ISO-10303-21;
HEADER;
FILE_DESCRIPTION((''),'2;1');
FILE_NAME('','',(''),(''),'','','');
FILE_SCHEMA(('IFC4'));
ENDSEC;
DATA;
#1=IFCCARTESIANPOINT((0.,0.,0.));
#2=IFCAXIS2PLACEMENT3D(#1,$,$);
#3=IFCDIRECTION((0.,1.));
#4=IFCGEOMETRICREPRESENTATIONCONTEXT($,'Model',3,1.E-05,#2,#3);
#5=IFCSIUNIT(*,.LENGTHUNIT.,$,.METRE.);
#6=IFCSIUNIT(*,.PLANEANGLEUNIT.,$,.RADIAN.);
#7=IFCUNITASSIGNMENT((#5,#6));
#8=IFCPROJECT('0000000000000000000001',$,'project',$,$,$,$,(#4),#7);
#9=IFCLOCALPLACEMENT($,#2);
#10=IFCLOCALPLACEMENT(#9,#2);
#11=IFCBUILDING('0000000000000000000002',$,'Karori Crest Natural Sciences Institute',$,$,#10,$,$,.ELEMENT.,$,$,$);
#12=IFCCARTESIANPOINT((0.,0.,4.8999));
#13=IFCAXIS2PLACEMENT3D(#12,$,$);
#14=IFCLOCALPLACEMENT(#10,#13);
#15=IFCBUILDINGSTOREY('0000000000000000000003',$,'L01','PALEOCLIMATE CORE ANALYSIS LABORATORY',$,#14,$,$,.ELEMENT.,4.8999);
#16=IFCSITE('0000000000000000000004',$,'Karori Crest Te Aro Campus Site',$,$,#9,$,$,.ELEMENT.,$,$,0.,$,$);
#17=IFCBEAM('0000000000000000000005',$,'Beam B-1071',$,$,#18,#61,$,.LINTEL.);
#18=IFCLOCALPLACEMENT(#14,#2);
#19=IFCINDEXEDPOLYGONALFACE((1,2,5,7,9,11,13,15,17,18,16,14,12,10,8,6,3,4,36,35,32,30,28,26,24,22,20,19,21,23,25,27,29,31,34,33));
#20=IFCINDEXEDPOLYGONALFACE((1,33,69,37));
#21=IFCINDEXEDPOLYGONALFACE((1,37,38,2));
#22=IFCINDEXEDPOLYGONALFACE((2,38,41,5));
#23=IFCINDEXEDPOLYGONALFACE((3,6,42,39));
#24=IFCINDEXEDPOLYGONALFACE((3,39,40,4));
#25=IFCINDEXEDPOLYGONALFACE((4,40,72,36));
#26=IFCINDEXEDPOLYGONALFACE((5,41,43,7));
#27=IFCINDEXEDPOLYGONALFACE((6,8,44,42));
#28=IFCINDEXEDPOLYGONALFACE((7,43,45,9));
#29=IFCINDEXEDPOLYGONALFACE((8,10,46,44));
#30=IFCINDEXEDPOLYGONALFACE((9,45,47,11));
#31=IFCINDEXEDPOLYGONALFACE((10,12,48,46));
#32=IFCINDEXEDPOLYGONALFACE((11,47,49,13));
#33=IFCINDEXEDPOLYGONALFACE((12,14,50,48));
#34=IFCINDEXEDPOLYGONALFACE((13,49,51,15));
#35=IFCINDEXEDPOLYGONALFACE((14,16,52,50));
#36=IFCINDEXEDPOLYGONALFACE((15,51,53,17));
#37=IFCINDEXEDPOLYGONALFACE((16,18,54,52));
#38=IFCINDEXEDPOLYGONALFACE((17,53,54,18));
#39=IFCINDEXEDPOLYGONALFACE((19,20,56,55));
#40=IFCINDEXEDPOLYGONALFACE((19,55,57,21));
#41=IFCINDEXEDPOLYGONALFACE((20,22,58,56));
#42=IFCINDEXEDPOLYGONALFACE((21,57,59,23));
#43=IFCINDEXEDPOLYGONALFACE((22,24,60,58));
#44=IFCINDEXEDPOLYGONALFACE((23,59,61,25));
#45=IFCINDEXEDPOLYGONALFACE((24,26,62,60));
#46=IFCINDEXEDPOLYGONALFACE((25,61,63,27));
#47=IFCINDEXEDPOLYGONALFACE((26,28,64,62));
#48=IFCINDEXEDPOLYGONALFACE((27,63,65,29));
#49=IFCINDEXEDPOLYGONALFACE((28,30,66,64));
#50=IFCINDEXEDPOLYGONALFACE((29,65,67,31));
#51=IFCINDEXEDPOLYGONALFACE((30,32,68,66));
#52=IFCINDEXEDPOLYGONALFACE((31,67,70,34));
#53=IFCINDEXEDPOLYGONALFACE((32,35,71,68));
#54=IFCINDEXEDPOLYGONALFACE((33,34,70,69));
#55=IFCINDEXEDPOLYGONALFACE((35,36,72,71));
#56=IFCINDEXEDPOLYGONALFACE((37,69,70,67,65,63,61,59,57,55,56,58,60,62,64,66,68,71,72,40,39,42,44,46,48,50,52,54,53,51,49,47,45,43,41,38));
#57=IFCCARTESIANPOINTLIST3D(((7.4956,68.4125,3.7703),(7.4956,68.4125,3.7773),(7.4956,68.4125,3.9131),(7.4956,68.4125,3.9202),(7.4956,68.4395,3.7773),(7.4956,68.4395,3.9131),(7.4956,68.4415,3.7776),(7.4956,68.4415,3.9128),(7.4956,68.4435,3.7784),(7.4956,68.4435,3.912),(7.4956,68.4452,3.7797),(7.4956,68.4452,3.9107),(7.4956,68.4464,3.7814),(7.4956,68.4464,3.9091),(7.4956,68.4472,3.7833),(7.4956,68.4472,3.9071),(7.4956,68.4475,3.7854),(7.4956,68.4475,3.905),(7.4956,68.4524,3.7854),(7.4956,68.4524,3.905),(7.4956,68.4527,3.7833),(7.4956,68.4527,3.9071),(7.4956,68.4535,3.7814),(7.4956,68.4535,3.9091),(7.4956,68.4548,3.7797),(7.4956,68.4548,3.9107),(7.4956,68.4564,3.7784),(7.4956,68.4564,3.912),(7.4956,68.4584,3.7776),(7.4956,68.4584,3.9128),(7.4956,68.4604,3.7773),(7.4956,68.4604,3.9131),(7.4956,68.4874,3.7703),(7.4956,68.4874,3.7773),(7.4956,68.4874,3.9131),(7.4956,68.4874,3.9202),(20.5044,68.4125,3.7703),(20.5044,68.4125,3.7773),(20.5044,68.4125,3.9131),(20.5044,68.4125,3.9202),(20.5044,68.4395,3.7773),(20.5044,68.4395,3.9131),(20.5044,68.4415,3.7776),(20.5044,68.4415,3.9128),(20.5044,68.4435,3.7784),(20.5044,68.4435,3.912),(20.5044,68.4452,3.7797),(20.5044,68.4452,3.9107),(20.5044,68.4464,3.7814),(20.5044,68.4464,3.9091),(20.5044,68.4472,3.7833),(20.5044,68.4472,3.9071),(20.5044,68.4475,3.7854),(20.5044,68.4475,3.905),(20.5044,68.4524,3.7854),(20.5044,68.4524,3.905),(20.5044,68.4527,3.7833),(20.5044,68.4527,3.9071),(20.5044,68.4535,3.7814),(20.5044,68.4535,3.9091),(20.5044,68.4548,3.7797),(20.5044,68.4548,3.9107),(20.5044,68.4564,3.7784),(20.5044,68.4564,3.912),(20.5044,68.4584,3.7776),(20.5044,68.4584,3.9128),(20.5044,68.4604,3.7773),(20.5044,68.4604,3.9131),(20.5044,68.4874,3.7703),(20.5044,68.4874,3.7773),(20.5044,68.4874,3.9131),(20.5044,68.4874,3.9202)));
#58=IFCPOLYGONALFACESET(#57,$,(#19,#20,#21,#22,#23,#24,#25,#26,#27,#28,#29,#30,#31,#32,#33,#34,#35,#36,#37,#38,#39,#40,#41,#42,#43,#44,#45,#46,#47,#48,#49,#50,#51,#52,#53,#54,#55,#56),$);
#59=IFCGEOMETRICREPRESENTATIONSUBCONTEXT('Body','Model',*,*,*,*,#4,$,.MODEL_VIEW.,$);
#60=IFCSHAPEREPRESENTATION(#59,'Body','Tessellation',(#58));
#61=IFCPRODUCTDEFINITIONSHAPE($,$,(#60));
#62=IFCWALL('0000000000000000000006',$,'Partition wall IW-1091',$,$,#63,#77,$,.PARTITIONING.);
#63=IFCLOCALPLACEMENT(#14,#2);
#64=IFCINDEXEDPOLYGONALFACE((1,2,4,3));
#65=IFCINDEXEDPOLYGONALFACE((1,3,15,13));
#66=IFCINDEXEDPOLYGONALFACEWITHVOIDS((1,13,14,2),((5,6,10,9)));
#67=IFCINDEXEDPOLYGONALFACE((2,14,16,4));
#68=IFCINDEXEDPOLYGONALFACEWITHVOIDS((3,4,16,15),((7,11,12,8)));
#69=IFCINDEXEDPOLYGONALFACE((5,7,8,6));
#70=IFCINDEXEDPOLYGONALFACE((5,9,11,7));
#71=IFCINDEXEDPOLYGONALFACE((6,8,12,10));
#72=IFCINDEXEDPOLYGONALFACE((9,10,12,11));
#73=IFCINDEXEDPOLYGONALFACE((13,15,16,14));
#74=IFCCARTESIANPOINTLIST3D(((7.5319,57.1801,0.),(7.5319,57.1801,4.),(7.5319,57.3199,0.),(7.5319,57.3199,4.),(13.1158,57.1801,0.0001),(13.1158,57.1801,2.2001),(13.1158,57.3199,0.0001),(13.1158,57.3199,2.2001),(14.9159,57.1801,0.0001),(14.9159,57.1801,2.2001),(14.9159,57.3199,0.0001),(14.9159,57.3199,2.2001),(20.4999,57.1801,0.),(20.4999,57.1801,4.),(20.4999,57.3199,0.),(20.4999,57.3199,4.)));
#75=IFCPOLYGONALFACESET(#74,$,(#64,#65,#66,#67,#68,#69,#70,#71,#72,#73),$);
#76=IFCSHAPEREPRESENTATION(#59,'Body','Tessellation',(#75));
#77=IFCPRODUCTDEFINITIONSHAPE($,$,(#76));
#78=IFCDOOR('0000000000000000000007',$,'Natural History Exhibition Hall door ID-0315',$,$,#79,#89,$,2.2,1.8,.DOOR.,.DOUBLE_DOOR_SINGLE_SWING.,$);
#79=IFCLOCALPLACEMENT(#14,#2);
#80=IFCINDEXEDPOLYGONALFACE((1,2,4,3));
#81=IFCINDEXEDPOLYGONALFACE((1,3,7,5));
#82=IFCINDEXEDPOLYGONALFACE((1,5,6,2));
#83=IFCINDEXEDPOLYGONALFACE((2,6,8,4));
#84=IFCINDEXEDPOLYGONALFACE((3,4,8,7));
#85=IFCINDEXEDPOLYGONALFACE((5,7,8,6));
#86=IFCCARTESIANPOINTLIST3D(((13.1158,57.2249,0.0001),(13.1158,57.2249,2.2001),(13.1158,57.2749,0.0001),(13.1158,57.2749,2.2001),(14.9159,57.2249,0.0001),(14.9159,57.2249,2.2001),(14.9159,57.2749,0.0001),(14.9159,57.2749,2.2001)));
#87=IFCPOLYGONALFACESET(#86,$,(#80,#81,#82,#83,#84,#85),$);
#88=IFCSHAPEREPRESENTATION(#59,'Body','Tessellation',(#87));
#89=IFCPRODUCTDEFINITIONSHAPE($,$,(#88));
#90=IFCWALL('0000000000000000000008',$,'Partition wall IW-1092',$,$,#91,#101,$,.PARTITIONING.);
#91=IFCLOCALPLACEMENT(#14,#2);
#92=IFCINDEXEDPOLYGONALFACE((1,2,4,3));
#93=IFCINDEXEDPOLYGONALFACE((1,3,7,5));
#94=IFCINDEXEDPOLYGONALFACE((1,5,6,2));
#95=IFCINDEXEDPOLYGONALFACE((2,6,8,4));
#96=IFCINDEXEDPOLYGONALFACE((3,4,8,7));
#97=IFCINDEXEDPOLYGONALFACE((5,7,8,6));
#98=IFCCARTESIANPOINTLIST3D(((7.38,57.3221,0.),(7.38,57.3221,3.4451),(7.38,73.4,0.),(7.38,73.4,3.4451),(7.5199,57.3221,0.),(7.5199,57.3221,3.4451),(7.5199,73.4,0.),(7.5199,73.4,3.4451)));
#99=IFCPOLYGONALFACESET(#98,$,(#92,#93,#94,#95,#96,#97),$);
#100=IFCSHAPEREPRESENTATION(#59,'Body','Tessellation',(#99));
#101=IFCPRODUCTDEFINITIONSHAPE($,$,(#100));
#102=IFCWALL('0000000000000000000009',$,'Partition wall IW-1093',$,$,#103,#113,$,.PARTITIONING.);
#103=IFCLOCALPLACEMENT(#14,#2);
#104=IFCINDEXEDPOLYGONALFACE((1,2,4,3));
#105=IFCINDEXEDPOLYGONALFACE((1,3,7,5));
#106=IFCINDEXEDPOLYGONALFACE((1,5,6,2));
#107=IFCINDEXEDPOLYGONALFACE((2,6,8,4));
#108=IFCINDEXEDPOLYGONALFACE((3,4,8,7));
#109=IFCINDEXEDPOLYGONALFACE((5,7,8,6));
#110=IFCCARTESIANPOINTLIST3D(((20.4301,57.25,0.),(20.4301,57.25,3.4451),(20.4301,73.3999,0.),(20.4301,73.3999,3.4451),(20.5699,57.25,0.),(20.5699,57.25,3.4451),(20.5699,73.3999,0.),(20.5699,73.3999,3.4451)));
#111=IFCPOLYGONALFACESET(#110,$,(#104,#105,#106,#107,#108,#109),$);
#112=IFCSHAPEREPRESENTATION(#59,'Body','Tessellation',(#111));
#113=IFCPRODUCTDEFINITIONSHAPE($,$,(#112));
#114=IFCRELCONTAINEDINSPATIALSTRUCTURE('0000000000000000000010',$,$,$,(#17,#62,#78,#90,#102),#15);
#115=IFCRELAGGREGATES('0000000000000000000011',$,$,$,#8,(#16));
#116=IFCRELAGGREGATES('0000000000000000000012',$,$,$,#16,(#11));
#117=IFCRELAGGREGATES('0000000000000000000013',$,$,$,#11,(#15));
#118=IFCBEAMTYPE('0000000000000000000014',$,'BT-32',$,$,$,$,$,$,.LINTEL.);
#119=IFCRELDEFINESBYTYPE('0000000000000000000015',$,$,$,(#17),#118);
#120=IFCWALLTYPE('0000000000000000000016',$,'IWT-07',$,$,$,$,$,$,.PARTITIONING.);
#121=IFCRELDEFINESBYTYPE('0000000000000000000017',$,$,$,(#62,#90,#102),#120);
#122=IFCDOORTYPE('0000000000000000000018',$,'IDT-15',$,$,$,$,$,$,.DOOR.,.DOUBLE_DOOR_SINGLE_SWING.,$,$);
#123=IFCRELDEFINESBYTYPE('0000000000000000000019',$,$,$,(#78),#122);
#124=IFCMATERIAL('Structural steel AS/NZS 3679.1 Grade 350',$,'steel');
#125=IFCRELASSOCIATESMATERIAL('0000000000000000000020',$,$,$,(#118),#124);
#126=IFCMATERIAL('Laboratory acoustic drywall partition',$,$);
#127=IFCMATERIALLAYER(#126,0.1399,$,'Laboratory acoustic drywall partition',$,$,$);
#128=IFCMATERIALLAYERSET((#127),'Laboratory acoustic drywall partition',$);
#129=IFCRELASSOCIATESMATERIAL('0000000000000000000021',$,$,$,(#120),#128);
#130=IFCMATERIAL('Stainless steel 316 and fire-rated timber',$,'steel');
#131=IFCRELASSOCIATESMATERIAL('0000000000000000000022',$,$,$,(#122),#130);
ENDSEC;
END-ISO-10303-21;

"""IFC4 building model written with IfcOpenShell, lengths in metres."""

from ifc_helpers import new_model, si_unit, direction, frame, frame_2d, origin, origin_2d, place, context, subcontext, project, spatial, rectangle, i_section, extrude, material, layer, layer_set, material_profile, profile_set, type_object, element, fill, save


model = new_model("IFC4")

# Units and contexts
model_context = context("Model", 3, precision=1e-05, world=origin(), true_north=direction((0.0, 1.0)))
body_context = subcontext(model_context, "Body", "Model", "MODEL_VIEW")
ifc_project = project(units=[si_unit("LENGTHUNIT", "METRE"), si_unit("PLANEANGLEUNIT", "RADIAN")], contexts=[model_context])

# Site, building, storey
site_placement = place(None, origin())
site = spatial("IfcSite", under=ifc_project, at=site_placement, Name="Karori Crest Te Aro Campus Site", CompositionType="ELEMENT", RefElevation=0.0)
building_placement = place(site_placement, origin())
building = spatial("IfcBuilding", under=site, at=building_placement, Name="Karori Crest Natural Sciences Institute", CompositionType="ELEMENT")
storey_placement = place(building_placement, frame((0.0, 0.0, 4.8999)))
storey = spatial("IfcBuildingStorey", under=building, at=storey_placement, Name="L01", Description="PALEOCLIMATE CORE ANALYSIS LABORATORY", CompositionType="ELEMENT", Elevation=4.8999)

# Shared definitions
ifc_material_1 = material(Name="Structural steel AS/NZS 3679.1 Grade 350", Category="steel")

# Beam
ifc_material_profile_1 = material_profile(ifc_material_1, i_section(OverallWidth=0.075, OverallDepth=0.1499, WebThickness=0.0049, FlangeThickness=0.0071, FilletRadius=0.0081, at=origin_2d()), Name="150UB14.0")
ifc_profile_set_1 = profile_set([ifc_material_profile_1], Name="Structural steel AS/NZS 3679.1 Grade 350")
beam_type_1 = type_object("IfcBeamType", Name="BT-32", PredefinedType="LINTEL", material=ifc_profile_set_1)
beam_1_placement = place(storey_placement, frame((7.4956, 68.45, 3.8452), z_axis=(1.0, 0.0, 0.0), x_axis=(0.0, 1.0, 0.0)))
element("IfcBeam", 1, at=beam_1_placement, inside=storey, type_object=beam_type_1, Name="Beam B-1071", PredefinedType="LINTEL", context=body_context, shape_type="SweptSolid", body=[
    extrude(i_section(OverallWidth=0.075, OverallDepth=0.1499, WebThickness=0.0049, FlangeThickness=0.0071, FilletRadius=0.0081, at=origin_2d()), origin(), (0.0, 0.0, 1.0), 13.0088),
])

# Wall, opening, door
ifc_material_2 = material(Name="Laboratory acoustic drywall partition")
ifc_layer = layer(ifc_material_2, 0.1399, Name="Laboratory acoustic drywall partition")
ifc_layer_set = layer_set([ifc_layer], Name="Laboratory acoustic drywall partition")
wall_type = type_object("IfcWallType", Name="IWT-07", PredefinedType="PARTITIONING", material=ifc_layer_set)
wall_1_placement = place(storey_placement, frame((7.532, 57.25, 0.0), z_axis=(0.0, 0.0, 1.0), x_axis=(1.0, 0.0, 0.0)))
wall_1 = element("IfcWall", 2, at=wall_1_placement, inside=storey, type_object=wall_type, Name="Partition wall IW-1091", PredefinedType="PARTITIONING", context=body_context, shape_type="SweptSolid", body=[
    extrude(rectangle(XDim=12.968, YDim=0.1399, at=frame_2d((6.4839, 0.0))), origin(), (0.0, 0.0, 1.0), 4.0),
])
opening_placement = place(wall_1_placement, frame((5.584, 0.0, 0.0)))
opening = element("IfcOpeningElement", 3, at=opening_placement, cuts=wall_1, PredefinedType="OPENING", context=body_context, shape_type="SweptSolid", body=[
    extrude(rectangle(XDim=1.8, YDim=2.2, at=frame_2d((0.8999, 1.1001))), frame((0.0, 0.0801, 0.0), z_axis=(0.0, -1.0, 0.0), x_axis=(1.0, 0.0, 0.0)), (0.0, 0.0, 1.0), 0.1599),
])
ifc_material_3 = material(Name="Stainless steel 316 and fire-rated timber", Category="steel")
door_type = type_object("IfcDoorType", Name="IDT-15", OperationType="DOUBLE_DOOR_SINGLE_SWING", PredefinedType="DOOR", material=ifc_material_3)
door_placement = place(opening_placement, origin())
door = element("IfcDoor", 4, at=door_placement, inside=storey, type_object=door_type, Name="Natural History Exhibition Hall door ID-0315", OperationType="DOUBLE_DOOR_SINGLE_SWING", OverallHeight=2.2, OverallWidth=1.8, PredefinedType="DOOR", context=body_context, shape_type="SweptSolid", body=[
    extrude(rectangle(XDim=1.8, YDim=2.2, at=frame_2d((0.8999, 1.1001))), frame((0.0, 0.0249, 0.0), z_axis=(0.0, -1.0, 0.0), x_axis=(1.0, 0.0, 0.0)), (0.0, 0.0, 1.0), 0.05),
])
fill(opening, door)

# Walls
wall_2_placement = place(storey_placement, frame((7.45, 57.322, 0.0), z_axis=(0.0, 0.0, 1.0), x_axis=(0.0, 1.0, 0.0)))
element("IfcWall", 5, at=wall_2_placement, inside=storey, type_object=wall_type, Name="Partition wall IW-1092", PredefinedType="PARTITIONING", context=body_context, shape_type="SweptSolid", body=[
    extrude(rectangle(XDim=16.0779, YDim=0.1399, at=frame_2d((8.0391, 0.0))), origin(), (0.0, 0.0, 1.0), 3.4451),
])
wall_3_placement = place(storey_placement, frame((20.5, 57.25, 0.0), z_axis=(0.0, 0.0, 1.0), x_axis=(0.0, 1.0, 0.0)))
element("IfcWall", 6, at=wall_3_placement, inside=storey, type_object=wall_type, Name="Partition wall IW-1093", PredefinedType="PARTITIONING", context=body_context, shape_type="SweptSolid", body=[
    extrude(rectangle(XDim=16.1499, YDim=0.1399, at=frame_2d((8.075, 0.0))), origin(), (0.0, 0.0, 1.0), 3.4451),
])

save(model, "model.ifc")
